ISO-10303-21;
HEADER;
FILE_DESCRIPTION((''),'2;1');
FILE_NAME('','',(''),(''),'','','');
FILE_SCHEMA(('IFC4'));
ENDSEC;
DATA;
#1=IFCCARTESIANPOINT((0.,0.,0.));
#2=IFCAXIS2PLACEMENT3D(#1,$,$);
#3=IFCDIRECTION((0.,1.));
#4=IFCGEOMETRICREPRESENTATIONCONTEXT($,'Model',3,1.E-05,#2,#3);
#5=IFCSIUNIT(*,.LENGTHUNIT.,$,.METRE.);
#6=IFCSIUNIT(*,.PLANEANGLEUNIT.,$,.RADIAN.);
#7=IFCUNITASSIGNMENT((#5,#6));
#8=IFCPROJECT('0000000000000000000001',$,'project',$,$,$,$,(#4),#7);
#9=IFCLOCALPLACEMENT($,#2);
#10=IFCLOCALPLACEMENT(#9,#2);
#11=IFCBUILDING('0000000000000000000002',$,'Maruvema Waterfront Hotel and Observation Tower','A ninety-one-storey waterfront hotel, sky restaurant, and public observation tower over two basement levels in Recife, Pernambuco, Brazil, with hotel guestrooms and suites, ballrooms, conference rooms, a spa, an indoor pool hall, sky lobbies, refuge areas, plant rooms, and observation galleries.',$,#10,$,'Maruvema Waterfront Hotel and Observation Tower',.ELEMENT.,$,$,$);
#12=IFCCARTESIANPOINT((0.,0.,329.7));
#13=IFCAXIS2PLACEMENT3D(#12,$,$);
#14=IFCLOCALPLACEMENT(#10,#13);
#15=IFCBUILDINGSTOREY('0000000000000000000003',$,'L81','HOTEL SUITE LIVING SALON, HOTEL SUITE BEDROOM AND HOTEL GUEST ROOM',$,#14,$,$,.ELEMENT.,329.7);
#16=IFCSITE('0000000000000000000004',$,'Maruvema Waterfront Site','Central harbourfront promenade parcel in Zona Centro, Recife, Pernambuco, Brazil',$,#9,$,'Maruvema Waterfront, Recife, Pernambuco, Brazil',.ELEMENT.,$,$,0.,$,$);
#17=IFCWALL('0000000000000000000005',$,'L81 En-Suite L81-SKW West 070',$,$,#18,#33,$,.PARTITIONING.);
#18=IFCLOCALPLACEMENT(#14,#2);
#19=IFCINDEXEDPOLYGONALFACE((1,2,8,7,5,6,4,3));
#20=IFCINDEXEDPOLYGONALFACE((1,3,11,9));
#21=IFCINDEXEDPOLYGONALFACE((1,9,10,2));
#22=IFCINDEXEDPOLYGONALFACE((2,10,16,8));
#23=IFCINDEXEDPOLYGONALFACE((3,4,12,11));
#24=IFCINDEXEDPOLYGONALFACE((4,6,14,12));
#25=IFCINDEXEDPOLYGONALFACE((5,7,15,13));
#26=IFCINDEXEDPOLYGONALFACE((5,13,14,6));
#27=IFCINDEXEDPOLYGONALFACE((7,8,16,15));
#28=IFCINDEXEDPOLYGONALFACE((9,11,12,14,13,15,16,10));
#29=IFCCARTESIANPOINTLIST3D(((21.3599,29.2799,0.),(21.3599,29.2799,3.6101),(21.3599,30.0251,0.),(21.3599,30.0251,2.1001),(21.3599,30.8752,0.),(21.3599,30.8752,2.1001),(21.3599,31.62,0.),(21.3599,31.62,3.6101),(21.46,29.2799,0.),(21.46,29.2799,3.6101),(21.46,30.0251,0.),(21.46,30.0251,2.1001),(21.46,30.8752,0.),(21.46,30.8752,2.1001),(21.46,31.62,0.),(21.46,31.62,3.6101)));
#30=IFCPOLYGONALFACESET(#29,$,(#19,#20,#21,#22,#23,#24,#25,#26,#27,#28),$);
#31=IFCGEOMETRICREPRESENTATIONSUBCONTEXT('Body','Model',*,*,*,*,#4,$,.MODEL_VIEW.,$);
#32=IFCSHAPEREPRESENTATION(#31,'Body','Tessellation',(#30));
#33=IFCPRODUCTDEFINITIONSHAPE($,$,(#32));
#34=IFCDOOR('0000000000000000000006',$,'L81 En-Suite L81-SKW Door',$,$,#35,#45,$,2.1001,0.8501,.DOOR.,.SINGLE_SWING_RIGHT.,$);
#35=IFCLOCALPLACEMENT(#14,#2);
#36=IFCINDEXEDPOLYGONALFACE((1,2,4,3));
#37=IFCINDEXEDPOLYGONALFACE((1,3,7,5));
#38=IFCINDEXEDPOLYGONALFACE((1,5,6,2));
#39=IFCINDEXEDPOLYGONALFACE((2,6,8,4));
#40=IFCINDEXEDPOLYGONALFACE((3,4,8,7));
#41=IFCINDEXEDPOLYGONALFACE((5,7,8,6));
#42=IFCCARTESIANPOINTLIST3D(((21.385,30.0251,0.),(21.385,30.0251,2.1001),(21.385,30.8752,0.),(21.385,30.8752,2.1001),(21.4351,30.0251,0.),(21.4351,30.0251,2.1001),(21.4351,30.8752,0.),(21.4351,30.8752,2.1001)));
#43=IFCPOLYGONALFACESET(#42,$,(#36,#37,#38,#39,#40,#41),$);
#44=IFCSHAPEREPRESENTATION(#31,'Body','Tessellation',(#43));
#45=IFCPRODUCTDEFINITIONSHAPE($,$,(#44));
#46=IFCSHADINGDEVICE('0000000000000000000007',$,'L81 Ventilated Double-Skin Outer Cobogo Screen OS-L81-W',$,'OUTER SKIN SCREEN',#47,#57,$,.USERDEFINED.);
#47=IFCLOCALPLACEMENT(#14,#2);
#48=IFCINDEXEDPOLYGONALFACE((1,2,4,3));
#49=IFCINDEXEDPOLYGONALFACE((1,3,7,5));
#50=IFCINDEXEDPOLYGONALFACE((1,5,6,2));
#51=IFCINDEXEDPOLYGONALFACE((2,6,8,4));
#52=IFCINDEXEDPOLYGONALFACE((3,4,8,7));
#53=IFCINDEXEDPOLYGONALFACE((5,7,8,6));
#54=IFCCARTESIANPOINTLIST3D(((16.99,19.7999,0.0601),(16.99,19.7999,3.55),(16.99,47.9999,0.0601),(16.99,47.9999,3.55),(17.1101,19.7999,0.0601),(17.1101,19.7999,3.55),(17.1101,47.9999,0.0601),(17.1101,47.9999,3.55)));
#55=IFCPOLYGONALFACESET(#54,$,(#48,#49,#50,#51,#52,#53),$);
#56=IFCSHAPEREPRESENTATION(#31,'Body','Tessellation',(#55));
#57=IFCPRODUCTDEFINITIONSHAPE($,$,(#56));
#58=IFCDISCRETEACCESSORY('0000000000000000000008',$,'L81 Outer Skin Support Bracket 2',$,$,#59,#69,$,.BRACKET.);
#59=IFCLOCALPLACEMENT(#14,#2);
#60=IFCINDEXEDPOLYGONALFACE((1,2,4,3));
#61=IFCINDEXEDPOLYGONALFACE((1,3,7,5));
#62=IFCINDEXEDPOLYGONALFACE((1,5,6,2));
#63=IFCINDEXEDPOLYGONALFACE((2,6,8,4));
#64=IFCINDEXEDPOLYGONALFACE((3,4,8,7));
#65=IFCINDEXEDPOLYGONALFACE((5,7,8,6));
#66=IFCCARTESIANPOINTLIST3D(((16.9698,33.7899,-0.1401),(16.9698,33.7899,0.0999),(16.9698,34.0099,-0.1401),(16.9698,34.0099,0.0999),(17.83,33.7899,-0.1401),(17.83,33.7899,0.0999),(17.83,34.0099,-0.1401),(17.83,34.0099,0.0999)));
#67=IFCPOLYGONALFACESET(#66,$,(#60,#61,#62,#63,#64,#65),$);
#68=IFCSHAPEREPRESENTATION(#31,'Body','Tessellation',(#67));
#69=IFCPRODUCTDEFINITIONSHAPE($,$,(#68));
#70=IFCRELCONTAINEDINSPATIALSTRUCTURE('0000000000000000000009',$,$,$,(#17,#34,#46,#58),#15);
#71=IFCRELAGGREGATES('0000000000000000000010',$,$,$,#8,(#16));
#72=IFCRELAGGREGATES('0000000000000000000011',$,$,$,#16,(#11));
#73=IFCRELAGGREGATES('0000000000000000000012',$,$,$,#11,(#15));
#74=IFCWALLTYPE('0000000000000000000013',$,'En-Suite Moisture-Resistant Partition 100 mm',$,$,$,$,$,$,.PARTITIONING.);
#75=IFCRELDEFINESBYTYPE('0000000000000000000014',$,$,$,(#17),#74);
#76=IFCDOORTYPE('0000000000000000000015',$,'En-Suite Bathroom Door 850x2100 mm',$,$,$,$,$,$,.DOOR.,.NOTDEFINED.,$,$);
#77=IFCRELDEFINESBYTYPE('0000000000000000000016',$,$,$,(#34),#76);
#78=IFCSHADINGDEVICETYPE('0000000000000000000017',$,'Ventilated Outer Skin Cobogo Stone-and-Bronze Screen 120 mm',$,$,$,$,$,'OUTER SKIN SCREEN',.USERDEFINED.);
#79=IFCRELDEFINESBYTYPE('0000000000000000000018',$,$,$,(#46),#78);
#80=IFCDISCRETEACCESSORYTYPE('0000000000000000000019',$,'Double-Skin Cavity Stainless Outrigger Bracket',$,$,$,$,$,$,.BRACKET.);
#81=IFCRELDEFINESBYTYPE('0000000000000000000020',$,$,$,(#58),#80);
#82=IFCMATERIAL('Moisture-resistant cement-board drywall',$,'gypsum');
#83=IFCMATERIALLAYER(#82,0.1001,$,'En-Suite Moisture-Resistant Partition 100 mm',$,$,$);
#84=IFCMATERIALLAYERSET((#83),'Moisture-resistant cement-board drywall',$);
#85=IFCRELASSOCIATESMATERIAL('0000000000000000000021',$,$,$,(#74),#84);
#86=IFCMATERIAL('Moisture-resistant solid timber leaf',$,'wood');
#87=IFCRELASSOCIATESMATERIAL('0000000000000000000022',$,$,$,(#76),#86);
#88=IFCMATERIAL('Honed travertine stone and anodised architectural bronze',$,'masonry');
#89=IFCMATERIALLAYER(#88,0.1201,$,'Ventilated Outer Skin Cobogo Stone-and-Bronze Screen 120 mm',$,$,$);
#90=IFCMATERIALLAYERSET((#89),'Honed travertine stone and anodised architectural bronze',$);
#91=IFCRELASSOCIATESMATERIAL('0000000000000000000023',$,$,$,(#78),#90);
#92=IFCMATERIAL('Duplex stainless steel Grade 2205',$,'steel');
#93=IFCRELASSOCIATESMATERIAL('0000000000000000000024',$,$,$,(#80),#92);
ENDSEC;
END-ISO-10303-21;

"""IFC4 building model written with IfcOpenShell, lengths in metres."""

from ifc_helpers import new_model, si_unit, direction, frame, frame_2d, origin, origin_2d, place, context, subcontext, project, spatial, rectangle, extrude, material, layer, layer_set, type_object, element, fill, save


model = new_model("IFC4")

# Units and contexts
model_context = context("Model", 3, precision=1e-05, world=origin(), true_north=direction((0.0, 1.0)))
body_context = subcontext(model_context, "Body", "Model", "MODEL_VIEW")
ifc_project = project(units=[si_unit("LENGTHUNIT", "METRE"), si_unit("PLANEANGLEUNIT", "RADIAN")], contexts=[model_context])

# Site, building, storey
site_placement = place(None, origin())
site = spatial("IfcSite", under=ifc_project, at=site_placement, Name="Maruvema Waterfront Site", Description="Central harbourfront promenade parcel in Zona Centro, Recife, Pernambuco, Brazil", LongName="Maruvema Waterfront, Recife, Pernambuco, Brazil", CompositionType="ELEMENT", RefElevation=0.0)
building_placement = place(site_placement, origin())
building = spatial("IfcBuilding", under=site, at=building_placement, Name="Maruvema Waterfront Hotel and Observation Tower", Description="A ninety-one-storey waterfront hotel, sky restaurant, and public observation tower over two basement levels in Recife, Pernambuco, Brazil, with hotel guestrooms and suites, ballrooms, conference rooms, a spa, an indoor pool hall, sky lobbies, refuge areas, plant rooms, and observation galleries.", LongName="Maruvema Waterfront Hotel and Observation Tower", CompositionType="ELEMENT")
storey_placement = place(building_placement, frame((0.0, 0.0, 329.7)))
storey = spatial("IfcBuildingStorey", under=building, at=storey_placement, Name="L81", Description="HOTEL SUITE LIVING SALON, HOTEL SUITE BEDROOM AND HOTEL GUEST ROOM", CompositionType="ELEMENT", Elevation=329.7)

# Shared definitions
ifc_material_1 = material(Name="Moisture-resistant cement-board drywall", Category="gypsum")
ifc_layer_1 = layer(ifc_material_1, 0.1001, Name="En-Suite Moisture-Resistant Partition 100 mm")
ifc_layer_set_1 = layer_set([ifc_layer_1], Name="Moisture-resistant cement-board drywall")
wall_type_1 = type_object("IfcWallType", Name="En-Suite Moisture-Resistant Partition 100 mm", PredefinedType="PARTITIONING", material=ifc_layer_set_1)

# Wall, opening, door
wall_1_placement = place(storey_placement, frame((21.4099, 29.28, 0.0), z_axis=(0.0, 0.0, 1.0), x_axis=(0.0, 1.0, 0.0)))
wall_1 = element("IfcWall", 1, at=wall_1_placement, inside=storey, type_object=wall_type_1, Name="L81 En-Suite L81-SKW West 070", PredefinedType="PARTITIONING", context=body_context, shape_type="SweptSolid", body=[
    extrude(rectangle(XDim=2.3401, YDim=0.1001, at=frame_2d((1.1699, 0.0))), origin(), (0.0, 0.0, 1.0), 3.6101),
])
opening_1_placement = place(wall_1_placement, frame((0.7451, 0.0, 0.0)))
opening_1 = element("IfcOpeningElement", 2, at=opening_1_placement, cuts=wall_1, PredefinedType="OPENING", context=body_context, shape_type="SweptSolid", body=[
    extrude(rectangle(XDim=0.8501, YDim=2.1001, at=frame_2d((0.425, 1.05))), frame((0.0, 0.0601, 0.0), z_axis=(0.0, -1.0, 0.0), x_axis=(1.0, 0.0, 0.0)), (0.0, 0.0, 1.0), 0.1201),
])
ifc_material_2 = material(Name="Moisture-resistant solid timber leaf", Category="wood")
door_type_1 = type_object("IfcDoorType", Name="En-Suite Bathroom Door 850x2100 mm", OperationType="NOTDEFINED", PredefinedType="DOOR", material=ifc_material_2)
door_1_placement = place(opening_1_placement, origin())
door_1 = element("IfcDoor", 3, at=door_1_placement, inside=storey, type_object=door_type_1, Name="L81 En-Suite L81-SKW Door", OperationType="SINGLE_SWING_RIGHT", OverallHeight=2.1001, OverallWidth=0.8501, PredefinedType="DOOR", context=body_context, shape_type="SweptSolid", body=[
    extrude(rectangle(XDim=0.8501, YDim=2.1001, at=frame_2d((0.425, 1.05))), frame((0.0, 0.0249, 0.0), z_axis=(0.0, -1.0, 0.0), x_axis=(1.0, 0.0, 0.0)), (0.0, 0.0, 1.0), 0.05),
])
fill(opening_1, door_1)

# Shading device
ifc_material_3 = material(Name="Honed travertine stone and anodised architectural bronze", Category="masonry")
ifc_layer_2 = layer(ifc_material_3, 0.1201, Name="Ventilated Outer Skin Cobogo Stone-and-Bronze Screen 120 mm")
ifc_layer_set_2 = layer_set([ifc_layer_2], Name="Honed travertine stone and anodised architectural bronze")
shading_device_type = type_object("IfcShadingDeviceType", Name="Ventilated Outer Skin Cobogo Stone-and-Bronze Screen 120 mm", ElementType="OUTER SKIN SCREEN", PredefinedType="USERDEFINED", material=ifc_layer_set_2)
shading_device_placement = place(storey_placement, frame((17.05, 33.8999, 0.0601), z_axis=(0.0, 0.0, 1.0), x_axis=(0.0, -1.0, 0.0)))
element("IfcShadingDevice", 4, at=shading_device_placement, inside=storey, type_object=shading_device_type, Name="L81 Ventilated Double-Skin Outer Cobogo Screen OS-L81-W", ObjectType="OUTER SKIN SCREEN", PredefinedType="USERDEFINED", context=body_context, shape_type="SweptSolid", body=[
    extrude(rectangle(XDim=28.2, YDim=0.1201, at=origin_2d()), origin(), (0.0, 0.0, 1.0), 3.49),
])

# Discrete accessory
ifc_material_4 = material(Name="Duplex stainless steel Grade 2205", Category="steel")
discrete_accessory_type = type_object("IfcDiscreteAccessoryType", Name="Double-Skin Cavity Stainless Outrigger Bracket", PredefinedType="BRACKET", material=ifc_material_4)
discrete_accessory_placement = place(storey_placement, frame((17.3999, 33.8999, -0.1401), z_axis=(0.0, 0.0, 1.0), x_axis=(0.0, -1.0, 0.0)))
element("IfcDiscreteAccessory", 5, at=discrete_accessory_placement, inside=storey, type_object=discrete_accessory_type, Name="L81 Outer Skin Support Bracket 2", PredefinedType="BRACKET", context=body_context, shape_type="SweptSolid", body=[
    extrude(rectangle(XDim=0.22, YDim=0.8601, at=origin_2d()), origin(), (0.0, 0.0, 1.0), 0.24),
])

save(model, "model.ifc")
